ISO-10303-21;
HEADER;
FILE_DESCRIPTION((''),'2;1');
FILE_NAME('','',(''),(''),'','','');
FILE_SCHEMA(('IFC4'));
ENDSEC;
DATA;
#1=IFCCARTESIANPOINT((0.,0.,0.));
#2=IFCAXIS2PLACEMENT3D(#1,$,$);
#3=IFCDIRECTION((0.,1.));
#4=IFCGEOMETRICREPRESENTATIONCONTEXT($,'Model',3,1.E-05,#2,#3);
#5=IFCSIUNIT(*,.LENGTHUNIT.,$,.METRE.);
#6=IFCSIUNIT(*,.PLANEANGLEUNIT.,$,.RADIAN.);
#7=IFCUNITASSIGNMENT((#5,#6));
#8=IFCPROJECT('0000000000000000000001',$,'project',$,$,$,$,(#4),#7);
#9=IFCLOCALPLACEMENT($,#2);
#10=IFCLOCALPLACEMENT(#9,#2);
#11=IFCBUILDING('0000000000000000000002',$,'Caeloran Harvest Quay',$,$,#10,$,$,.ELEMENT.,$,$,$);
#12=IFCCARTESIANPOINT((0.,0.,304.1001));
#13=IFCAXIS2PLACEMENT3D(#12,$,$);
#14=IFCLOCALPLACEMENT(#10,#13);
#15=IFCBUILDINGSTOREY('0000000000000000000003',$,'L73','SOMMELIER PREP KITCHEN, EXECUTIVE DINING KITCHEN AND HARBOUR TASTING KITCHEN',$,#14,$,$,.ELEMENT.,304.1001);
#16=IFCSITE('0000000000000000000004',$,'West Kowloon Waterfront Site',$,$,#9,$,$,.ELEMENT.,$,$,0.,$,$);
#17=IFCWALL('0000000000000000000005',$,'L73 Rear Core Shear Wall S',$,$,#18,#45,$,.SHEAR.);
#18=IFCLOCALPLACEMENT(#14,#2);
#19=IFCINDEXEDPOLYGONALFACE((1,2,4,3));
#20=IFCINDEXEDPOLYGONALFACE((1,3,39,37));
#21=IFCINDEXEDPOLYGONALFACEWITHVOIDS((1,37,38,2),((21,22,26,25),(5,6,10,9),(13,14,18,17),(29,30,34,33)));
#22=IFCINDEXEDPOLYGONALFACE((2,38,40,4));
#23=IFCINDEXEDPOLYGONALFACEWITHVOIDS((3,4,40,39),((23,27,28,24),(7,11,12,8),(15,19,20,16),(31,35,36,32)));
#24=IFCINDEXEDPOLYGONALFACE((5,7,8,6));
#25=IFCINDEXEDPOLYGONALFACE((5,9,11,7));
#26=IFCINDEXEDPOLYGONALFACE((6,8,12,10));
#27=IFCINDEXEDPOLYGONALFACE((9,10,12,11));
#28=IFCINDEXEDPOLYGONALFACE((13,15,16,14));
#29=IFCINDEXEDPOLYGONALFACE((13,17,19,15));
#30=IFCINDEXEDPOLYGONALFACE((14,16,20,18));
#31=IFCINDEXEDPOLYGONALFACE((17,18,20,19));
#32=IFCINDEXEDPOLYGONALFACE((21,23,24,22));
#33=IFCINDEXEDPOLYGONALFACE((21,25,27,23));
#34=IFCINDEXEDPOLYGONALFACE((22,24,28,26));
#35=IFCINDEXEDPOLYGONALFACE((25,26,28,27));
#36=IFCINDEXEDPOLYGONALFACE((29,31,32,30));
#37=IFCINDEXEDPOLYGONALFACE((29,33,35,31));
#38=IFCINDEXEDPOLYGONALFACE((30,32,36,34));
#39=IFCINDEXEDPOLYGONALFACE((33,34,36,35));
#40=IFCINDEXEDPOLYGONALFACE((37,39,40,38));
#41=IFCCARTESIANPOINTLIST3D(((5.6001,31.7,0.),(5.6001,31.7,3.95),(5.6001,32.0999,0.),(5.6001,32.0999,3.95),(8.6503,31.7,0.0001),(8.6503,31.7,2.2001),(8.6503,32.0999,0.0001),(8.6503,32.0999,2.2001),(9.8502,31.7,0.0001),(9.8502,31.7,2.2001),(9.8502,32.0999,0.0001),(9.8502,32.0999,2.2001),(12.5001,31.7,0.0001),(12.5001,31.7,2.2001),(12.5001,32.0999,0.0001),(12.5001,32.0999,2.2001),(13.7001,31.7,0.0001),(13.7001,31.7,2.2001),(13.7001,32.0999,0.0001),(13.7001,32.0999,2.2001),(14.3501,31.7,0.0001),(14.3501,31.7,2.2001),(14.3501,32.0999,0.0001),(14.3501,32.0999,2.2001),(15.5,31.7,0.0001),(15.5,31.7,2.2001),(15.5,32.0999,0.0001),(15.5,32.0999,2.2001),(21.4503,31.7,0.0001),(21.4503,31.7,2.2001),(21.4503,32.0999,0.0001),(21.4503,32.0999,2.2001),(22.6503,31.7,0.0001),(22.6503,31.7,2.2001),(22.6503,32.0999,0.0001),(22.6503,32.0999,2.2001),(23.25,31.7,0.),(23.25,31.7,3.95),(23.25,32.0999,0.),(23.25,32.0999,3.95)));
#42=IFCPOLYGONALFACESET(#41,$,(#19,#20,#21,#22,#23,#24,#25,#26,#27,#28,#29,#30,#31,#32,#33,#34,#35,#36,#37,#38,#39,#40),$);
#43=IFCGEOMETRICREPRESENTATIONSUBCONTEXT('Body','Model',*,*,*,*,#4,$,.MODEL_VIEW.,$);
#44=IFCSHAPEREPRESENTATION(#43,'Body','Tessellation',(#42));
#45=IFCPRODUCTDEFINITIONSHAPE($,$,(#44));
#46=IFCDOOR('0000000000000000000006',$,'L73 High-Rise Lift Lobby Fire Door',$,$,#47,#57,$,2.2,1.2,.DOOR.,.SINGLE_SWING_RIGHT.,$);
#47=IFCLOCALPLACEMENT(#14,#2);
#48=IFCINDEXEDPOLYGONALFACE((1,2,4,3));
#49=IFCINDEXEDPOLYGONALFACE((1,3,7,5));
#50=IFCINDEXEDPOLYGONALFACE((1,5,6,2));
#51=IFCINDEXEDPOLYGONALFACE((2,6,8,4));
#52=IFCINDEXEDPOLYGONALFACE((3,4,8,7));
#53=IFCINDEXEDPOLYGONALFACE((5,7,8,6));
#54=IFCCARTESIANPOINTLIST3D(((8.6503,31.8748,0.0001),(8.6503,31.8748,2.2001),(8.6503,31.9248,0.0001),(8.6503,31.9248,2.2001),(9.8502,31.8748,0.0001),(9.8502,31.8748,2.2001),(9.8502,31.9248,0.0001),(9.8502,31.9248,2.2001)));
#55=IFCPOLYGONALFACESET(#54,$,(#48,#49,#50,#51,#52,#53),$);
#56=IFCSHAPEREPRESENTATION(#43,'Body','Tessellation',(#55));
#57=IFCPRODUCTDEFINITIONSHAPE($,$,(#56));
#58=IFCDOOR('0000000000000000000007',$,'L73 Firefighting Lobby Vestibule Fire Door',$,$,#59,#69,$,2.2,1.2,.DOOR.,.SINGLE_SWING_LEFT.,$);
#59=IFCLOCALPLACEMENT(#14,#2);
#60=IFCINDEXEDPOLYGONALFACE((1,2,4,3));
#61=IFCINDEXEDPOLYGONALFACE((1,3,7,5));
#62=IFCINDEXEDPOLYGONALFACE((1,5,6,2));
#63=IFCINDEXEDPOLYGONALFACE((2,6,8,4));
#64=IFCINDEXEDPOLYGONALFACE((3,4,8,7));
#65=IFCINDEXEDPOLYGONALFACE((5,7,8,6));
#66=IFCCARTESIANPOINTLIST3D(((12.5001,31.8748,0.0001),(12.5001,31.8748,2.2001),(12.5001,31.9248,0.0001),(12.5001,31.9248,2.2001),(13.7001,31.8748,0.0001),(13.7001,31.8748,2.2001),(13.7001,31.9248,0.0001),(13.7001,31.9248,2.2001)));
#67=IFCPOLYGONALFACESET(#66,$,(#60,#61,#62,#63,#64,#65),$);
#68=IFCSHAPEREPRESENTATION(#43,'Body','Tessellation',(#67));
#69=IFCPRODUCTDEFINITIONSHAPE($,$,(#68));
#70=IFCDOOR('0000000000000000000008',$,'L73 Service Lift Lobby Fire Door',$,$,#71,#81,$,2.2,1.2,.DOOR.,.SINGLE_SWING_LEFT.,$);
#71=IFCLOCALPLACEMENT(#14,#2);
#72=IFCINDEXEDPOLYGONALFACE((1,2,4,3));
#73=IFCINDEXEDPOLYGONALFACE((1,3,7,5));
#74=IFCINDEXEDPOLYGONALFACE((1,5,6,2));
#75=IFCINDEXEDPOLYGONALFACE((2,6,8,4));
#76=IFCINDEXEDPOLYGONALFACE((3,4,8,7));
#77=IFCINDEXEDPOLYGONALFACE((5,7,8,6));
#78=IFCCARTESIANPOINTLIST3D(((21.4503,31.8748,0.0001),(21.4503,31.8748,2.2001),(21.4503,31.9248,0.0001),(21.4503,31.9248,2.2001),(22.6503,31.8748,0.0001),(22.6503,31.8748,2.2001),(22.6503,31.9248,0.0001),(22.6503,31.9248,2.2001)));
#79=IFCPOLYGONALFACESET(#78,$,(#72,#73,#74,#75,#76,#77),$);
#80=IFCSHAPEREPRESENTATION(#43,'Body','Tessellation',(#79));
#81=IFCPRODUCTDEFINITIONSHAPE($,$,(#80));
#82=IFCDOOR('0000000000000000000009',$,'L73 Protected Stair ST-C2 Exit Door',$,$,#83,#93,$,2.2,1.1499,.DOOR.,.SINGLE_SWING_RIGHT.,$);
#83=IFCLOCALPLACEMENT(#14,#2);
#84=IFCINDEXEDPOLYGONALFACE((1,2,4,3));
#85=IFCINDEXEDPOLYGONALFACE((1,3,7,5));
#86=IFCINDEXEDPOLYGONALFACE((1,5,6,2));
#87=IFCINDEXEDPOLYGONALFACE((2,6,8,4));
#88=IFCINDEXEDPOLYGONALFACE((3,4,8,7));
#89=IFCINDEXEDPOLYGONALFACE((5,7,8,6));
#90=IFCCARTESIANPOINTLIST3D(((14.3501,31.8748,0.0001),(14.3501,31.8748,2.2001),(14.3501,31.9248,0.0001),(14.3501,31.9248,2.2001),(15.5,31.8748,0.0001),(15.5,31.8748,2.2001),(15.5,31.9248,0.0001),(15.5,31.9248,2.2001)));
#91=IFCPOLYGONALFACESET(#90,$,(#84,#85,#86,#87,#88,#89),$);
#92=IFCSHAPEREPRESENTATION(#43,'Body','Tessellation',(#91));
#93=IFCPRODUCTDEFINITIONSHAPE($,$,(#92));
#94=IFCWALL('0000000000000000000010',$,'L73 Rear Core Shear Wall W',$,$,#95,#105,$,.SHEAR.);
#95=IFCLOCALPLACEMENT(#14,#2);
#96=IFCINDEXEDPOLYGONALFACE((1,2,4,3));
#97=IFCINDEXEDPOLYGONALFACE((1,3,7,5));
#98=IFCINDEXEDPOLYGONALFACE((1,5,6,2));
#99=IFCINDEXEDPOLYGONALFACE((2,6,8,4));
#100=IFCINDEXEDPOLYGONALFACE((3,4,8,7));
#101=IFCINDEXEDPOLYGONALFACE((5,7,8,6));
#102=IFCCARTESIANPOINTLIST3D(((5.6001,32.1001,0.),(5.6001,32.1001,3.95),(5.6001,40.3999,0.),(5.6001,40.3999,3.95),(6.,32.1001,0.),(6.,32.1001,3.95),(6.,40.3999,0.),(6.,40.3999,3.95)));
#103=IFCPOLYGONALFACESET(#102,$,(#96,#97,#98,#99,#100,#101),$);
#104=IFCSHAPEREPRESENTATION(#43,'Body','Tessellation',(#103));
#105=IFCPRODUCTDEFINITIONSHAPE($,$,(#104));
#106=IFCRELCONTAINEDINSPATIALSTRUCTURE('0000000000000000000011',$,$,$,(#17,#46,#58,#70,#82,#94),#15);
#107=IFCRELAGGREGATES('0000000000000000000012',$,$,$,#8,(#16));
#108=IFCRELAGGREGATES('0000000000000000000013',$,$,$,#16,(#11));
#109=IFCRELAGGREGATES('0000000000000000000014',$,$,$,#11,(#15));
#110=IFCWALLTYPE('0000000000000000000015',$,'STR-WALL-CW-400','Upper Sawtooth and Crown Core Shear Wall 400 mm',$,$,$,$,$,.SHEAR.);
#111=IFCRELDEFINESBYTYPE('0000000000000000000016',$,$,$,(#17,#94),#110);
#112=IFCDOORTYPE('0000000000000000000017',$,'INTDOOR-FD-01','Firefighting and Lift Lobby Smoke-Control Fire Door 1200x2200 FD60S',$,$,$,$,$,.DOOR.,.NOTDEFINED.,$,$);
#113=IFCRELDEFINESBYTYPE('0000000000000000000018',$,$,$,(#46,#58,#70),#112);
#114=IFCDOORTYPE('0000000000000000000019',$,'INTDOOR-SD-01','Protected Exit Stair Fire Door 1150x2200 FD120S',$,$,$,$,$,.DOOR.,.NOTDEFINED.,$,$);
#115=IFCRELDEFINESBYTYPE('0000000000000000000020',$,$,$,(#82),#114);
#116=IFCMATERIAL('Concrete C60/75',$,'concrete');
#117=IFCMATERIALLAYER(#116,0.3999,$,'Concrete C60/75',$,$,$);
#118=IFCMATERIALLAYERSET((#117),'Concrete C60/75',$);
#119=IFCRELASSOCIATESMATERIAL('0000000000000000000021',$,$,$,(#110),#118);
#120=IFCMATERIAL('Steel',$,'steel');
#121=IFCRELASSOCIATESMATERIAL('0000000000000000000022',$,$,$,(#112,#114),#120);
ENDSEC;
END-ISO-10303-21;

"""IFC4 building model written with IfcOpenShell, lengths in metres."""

from ifc_helpers import new_model, si_unit, direction, frame, frame_2d, origin, place, context, subcontext, project, spatial, rectangle, extrude, material, layer, layer_set, type_object, element, fill, save


model = new_model("IFC4")

# Units and contexts
model_context = context("Model", 3, precision=1e-05, world=origin(), true_north=direction((0.0, 1.0)))
body_context = subcontext(model_context, "Body", "Model", "MODEL_VIEW")
ifc_project = project(units=[si_unit("LENGTHUNIT", "METRE"), si_unit("PLANEANGLEUNIT", "RADIAN")], contexts=[model_context])

# Site, building, storey
site_placement = place(None, origin())
site = spatial("IfcSite", under=ifc_project, at=site_placement, Name="West Kowloon Waterfront Site", CompositionType="ELEMENT", RefElevation=0.0)
building_placement = place(site_placement, origin())
building = spatial("IfcBuilding", under=site, at=building_placement, Name="Caeloran Harvest Quay", CompositionType="ELEMENT")
storey_placement = place(building_placement, frame((0.0, 0.0, 304.1001)))
storey = spatial("IfcBuildingStorey", under=building, at=storey_placement, Name="L73", Description="SOMMELIER PREP KITCHEN, EXECUTIVE DINING KITCHEN AND HARBOUR TASTING KITCHEN", CompositionType="ELEMENT", Elevation=304.1001)

# Wall, openings, doors
ifc_material_1 = material(Name="Concrete C60/75", Category="concrete")
ifc_layer_1 = layer(ifc_material_1, 0.3999, Name="Concrete C60/75")
ifc_layer_set_1 = layer_set([ifc_layer_1], Name="Concrete C60/75")
wall_type = type_object("IfcWallType", Name="STR-WALL-CW-400", Description="Upper Sawtooth and Crown Core Shear Wall 400 mm", PredefinedType="SHEAR", material=ifc_layer_set_1)
wall_1_placement = place(storey_placement, frame((5.6001, 31.8999, 0.0), z_axis=(0.0, 0.0, 1.0), x_axis=(1.0, 0.0, 0.0)))
wall_1 = element("IfcWall", 1, at=wall_1_placement, inside=storey, type_object=wall_type, Name="L73 Rear Core Shear Wall S", PredefinedType="SHEAR", context=body_context, shape_type="SweptSolid", body=[
    extrude(rectangle(XDim=17.6499, YDim=0.3999, at=frame_2d((8.825, 0.0))), origin(), (0.0, 0.0, 1.0), 3.95),
])
opening_1_placement = place(wall_1_placement, frame((3.05, 0.0, 0.0)))
opening_1 = element("IfcOpeningElement", 2, at=opening_1_placement, cuts=wall_1, PredefinedType="OPENING", context=body_context, shape_type="SweptSolid", body=[
    extrude(rectangle(XDim=1.2, YDim=2.2, at=frame_2d((0.6001, 1.1001))), frame((0.0, 0.21, 0.0), z_axis=(0.0, -1.0, 0.0), x_axis=(1.0, 0.0, 0.0)), (0.0, 0.0, 1.0), 0.4199),
])
opening_2_placement = place(wall_1_placement, frame((6.8999, 0.0, 0.0)))
opening_2 = element("IfcOpeningElement", 3, at=opening_2_placement, cuts=wall_1, PredefinedType="OPENING", context=body_context, shape_type="SweptSolid", body=[
    extrude(rectangle(XDim=1.2, YDim=2.2, at=frame_2d((0.6001, 1.1001))), frame((0.0, 0.21, 0.0), z_axis=(0.0, -1.0, 0.0), x_axis=(1.0, 0.0, 0.0)), (0.0, 0.0, 1.0), 0.4199),
])
opening_3_placement = place(wall_1_placement, frame((8.75, 0.0, 0.0)))
opening_3 = element("IfcOpeningElement", 4, at=opening_3_placement, cuts=wall_1, PredefinedType="OPENING", context=body_context, shape_type="SweptSolid", body=[
    extrude(rectangle(XDim=1.1499, YDim=2.2, at=frame_2d((0.575, 1.1001))), frame((0.0, 0.21, 0.0), z_axis=(0.0, -1.0, 0.0), x_axis=(1.0, 0.0, 0.0)), (0.0, 0.0, 1.0), 0.4199),
])
opening_4_placement = place(wall_1_placement, frame((15.8501, 0.0, 0.0)))
opening_4 = element("IfcOpeningElement", 5, at=opening_4_placement, cuts=wall_1, PredefinedType="OPENING", context=body_context, shape_type="SweptSolid", body=[
    extrude(rectangle(XDim=1.2, YDim=2.2, at=frame_2d((0.6001, 1.1001))), frame((0.0, 0.21, 0.0), z_axis=(0.0, -1.0, 0.0), x_axis=(1.0, 0.0, 0.0)), (0.0, 0.0, 1.0), 0.4199),
])
ifc_material_2 = material(Name="Steel", Category="steel")
door_type_1 = type_object("IfcDoorType", Name="INTDOOR-FD-01", Description="Firefighting and Lift Lobby Smoke-Control Fire Door 1200x2200 FD60S", OperationType="NOTDEFINED", PredefinedType="DOOR", material=ifc_material_2)
door_1_placement = place(opening_1_placement, origin())
door_1 = element("IfcDoor", 6, at=door_1_placement, inside=storey, type_object=door_type_1, Name="L73 High-Rise Lift Lobby Fire Door", OperationType="SINGLE_SWING_RIGHT", OverallHeight=2.2, OverallWidth=1.2, PredefinedType="DOOR", context=body_context, shape_type="SweptSolid", body=[
    extrude(rectangle(XDim=1.2, YDim=2.2, at=frame_2d((0.6001, 1.1001))), frame((0.0, 0.0249, 0.0), z_axis=(0.0, -1.0, 0.0), x_axis=(1.0, 0.0, 0.0)), (0.0, 0.0, 1.0), 0.05),
])
fill(opening_1, door_1)
door_2_placement = place(opening_2_placement, origin())
door_2 = element("IfcDoor", 7, at=door_2_placement, inside=storey, type_object=door_type_1, Name="L73 Firefighting Lobby Vestibule Fire Door", OperationType="SINGLE_SWING_LEFT", OverallHeight=2.2, OverallWidth=1.2, PredefinedType="DOOR", context=body_context, shape_type="SweptSolid", body=[
    extrude(rectangle(XDim=1.2, YDim=2.2, at=frame_2d((0.6001, 1.1001))), frame((0.0, 0.0249, 0.0), z_axis=(0.0, -1.0, 0.0), x_axis=(1.0, 0.0, 0.0)), (0.0, 0.0, 1.0), 0.05),
])
fill(opening_2, door_2)
door_3_placement = place(opening_4_placement, origin())
door_3 = element("IfcDoor", 8, at=door_3_placement, inside=storey, type_object=door_type_1, Name="L73 Service Lift Lobby Fire Door", OperationType="SINGLE_SWING_LEFT", OverallHeight=2.2, OverallWidth=1.2, PredefinedType="DOOR", context=body_context, shape_type="SweptSolid", body=[
    extrude(rectangle(XDim=1.2, YDim=2.2, at=frame_2d((0.6001, 1.1001))), frame((0.0, 0.0249, 0.0), z_axis=(0.0, -1.0, 0.0), x_axis=(1.0, 0.0, 0.0)), (0.0, 0.0, 1.0), 0.05),
])
fill(opening_4, door_3)
door_type_2 = type_object("IfcDoorType", Name="INTDOOR-SD-01", Description="Protected Exit Stair Fire Door 1150x2200 FD120S", OperationType="NOTDEFINED", PredefinedType="DOOR", material=ifc_material_2)
door_4_placement = place(opening_3_placement, origin())
door_4 = element("IfcDoor", 9, at=door_4_placement, inside=storey, type_object=door_type_2, Name="L73 Protected Stair ST-C2 Exit Door", OperationType="SINGLE_SWING_RIGHT", OverallHeight=2.2, OverallWidth=1.1499, PredefinedType="DOOR", context=body_context, shape_type="SweptSolid", body=[
    extrude(rectangle(XDim=1.1499, YDim=2.2, at=frame_2d((0.575, 1.1001))), frame((0.0, 0.0249, 0.0), z_axis=(0.0, -1.0, 0.0), x_axis=(1.0, 0.0, 0.0)), (0.0, 0.0, 1.0), 0.05),
])
fill(opening_3, door_4)

# Wall
wall_2_placement = place(storey_placement, frame((5.8, 32.1001, 0.0), z_axis=(0.0, 0.0, 1.0), x_axis=(0.0, 1.0, 0.0)))
element("IfcWall", 10, at=wall_2_placement, inside=storey, type_object=wall_type, Name="L73 Rear Core Shear Wall W", PredefinedType="SHEAR", context=body_context, shape_type="SweptSolid", body=[
    extrude(rectangle(XDim=8.2998, YDim=0.3999, at=frame_2d((4.1499, 0.0))), origin(), (0.0, 0.0, 1.0), 3.95),
])

save(model, "model.ifc")
